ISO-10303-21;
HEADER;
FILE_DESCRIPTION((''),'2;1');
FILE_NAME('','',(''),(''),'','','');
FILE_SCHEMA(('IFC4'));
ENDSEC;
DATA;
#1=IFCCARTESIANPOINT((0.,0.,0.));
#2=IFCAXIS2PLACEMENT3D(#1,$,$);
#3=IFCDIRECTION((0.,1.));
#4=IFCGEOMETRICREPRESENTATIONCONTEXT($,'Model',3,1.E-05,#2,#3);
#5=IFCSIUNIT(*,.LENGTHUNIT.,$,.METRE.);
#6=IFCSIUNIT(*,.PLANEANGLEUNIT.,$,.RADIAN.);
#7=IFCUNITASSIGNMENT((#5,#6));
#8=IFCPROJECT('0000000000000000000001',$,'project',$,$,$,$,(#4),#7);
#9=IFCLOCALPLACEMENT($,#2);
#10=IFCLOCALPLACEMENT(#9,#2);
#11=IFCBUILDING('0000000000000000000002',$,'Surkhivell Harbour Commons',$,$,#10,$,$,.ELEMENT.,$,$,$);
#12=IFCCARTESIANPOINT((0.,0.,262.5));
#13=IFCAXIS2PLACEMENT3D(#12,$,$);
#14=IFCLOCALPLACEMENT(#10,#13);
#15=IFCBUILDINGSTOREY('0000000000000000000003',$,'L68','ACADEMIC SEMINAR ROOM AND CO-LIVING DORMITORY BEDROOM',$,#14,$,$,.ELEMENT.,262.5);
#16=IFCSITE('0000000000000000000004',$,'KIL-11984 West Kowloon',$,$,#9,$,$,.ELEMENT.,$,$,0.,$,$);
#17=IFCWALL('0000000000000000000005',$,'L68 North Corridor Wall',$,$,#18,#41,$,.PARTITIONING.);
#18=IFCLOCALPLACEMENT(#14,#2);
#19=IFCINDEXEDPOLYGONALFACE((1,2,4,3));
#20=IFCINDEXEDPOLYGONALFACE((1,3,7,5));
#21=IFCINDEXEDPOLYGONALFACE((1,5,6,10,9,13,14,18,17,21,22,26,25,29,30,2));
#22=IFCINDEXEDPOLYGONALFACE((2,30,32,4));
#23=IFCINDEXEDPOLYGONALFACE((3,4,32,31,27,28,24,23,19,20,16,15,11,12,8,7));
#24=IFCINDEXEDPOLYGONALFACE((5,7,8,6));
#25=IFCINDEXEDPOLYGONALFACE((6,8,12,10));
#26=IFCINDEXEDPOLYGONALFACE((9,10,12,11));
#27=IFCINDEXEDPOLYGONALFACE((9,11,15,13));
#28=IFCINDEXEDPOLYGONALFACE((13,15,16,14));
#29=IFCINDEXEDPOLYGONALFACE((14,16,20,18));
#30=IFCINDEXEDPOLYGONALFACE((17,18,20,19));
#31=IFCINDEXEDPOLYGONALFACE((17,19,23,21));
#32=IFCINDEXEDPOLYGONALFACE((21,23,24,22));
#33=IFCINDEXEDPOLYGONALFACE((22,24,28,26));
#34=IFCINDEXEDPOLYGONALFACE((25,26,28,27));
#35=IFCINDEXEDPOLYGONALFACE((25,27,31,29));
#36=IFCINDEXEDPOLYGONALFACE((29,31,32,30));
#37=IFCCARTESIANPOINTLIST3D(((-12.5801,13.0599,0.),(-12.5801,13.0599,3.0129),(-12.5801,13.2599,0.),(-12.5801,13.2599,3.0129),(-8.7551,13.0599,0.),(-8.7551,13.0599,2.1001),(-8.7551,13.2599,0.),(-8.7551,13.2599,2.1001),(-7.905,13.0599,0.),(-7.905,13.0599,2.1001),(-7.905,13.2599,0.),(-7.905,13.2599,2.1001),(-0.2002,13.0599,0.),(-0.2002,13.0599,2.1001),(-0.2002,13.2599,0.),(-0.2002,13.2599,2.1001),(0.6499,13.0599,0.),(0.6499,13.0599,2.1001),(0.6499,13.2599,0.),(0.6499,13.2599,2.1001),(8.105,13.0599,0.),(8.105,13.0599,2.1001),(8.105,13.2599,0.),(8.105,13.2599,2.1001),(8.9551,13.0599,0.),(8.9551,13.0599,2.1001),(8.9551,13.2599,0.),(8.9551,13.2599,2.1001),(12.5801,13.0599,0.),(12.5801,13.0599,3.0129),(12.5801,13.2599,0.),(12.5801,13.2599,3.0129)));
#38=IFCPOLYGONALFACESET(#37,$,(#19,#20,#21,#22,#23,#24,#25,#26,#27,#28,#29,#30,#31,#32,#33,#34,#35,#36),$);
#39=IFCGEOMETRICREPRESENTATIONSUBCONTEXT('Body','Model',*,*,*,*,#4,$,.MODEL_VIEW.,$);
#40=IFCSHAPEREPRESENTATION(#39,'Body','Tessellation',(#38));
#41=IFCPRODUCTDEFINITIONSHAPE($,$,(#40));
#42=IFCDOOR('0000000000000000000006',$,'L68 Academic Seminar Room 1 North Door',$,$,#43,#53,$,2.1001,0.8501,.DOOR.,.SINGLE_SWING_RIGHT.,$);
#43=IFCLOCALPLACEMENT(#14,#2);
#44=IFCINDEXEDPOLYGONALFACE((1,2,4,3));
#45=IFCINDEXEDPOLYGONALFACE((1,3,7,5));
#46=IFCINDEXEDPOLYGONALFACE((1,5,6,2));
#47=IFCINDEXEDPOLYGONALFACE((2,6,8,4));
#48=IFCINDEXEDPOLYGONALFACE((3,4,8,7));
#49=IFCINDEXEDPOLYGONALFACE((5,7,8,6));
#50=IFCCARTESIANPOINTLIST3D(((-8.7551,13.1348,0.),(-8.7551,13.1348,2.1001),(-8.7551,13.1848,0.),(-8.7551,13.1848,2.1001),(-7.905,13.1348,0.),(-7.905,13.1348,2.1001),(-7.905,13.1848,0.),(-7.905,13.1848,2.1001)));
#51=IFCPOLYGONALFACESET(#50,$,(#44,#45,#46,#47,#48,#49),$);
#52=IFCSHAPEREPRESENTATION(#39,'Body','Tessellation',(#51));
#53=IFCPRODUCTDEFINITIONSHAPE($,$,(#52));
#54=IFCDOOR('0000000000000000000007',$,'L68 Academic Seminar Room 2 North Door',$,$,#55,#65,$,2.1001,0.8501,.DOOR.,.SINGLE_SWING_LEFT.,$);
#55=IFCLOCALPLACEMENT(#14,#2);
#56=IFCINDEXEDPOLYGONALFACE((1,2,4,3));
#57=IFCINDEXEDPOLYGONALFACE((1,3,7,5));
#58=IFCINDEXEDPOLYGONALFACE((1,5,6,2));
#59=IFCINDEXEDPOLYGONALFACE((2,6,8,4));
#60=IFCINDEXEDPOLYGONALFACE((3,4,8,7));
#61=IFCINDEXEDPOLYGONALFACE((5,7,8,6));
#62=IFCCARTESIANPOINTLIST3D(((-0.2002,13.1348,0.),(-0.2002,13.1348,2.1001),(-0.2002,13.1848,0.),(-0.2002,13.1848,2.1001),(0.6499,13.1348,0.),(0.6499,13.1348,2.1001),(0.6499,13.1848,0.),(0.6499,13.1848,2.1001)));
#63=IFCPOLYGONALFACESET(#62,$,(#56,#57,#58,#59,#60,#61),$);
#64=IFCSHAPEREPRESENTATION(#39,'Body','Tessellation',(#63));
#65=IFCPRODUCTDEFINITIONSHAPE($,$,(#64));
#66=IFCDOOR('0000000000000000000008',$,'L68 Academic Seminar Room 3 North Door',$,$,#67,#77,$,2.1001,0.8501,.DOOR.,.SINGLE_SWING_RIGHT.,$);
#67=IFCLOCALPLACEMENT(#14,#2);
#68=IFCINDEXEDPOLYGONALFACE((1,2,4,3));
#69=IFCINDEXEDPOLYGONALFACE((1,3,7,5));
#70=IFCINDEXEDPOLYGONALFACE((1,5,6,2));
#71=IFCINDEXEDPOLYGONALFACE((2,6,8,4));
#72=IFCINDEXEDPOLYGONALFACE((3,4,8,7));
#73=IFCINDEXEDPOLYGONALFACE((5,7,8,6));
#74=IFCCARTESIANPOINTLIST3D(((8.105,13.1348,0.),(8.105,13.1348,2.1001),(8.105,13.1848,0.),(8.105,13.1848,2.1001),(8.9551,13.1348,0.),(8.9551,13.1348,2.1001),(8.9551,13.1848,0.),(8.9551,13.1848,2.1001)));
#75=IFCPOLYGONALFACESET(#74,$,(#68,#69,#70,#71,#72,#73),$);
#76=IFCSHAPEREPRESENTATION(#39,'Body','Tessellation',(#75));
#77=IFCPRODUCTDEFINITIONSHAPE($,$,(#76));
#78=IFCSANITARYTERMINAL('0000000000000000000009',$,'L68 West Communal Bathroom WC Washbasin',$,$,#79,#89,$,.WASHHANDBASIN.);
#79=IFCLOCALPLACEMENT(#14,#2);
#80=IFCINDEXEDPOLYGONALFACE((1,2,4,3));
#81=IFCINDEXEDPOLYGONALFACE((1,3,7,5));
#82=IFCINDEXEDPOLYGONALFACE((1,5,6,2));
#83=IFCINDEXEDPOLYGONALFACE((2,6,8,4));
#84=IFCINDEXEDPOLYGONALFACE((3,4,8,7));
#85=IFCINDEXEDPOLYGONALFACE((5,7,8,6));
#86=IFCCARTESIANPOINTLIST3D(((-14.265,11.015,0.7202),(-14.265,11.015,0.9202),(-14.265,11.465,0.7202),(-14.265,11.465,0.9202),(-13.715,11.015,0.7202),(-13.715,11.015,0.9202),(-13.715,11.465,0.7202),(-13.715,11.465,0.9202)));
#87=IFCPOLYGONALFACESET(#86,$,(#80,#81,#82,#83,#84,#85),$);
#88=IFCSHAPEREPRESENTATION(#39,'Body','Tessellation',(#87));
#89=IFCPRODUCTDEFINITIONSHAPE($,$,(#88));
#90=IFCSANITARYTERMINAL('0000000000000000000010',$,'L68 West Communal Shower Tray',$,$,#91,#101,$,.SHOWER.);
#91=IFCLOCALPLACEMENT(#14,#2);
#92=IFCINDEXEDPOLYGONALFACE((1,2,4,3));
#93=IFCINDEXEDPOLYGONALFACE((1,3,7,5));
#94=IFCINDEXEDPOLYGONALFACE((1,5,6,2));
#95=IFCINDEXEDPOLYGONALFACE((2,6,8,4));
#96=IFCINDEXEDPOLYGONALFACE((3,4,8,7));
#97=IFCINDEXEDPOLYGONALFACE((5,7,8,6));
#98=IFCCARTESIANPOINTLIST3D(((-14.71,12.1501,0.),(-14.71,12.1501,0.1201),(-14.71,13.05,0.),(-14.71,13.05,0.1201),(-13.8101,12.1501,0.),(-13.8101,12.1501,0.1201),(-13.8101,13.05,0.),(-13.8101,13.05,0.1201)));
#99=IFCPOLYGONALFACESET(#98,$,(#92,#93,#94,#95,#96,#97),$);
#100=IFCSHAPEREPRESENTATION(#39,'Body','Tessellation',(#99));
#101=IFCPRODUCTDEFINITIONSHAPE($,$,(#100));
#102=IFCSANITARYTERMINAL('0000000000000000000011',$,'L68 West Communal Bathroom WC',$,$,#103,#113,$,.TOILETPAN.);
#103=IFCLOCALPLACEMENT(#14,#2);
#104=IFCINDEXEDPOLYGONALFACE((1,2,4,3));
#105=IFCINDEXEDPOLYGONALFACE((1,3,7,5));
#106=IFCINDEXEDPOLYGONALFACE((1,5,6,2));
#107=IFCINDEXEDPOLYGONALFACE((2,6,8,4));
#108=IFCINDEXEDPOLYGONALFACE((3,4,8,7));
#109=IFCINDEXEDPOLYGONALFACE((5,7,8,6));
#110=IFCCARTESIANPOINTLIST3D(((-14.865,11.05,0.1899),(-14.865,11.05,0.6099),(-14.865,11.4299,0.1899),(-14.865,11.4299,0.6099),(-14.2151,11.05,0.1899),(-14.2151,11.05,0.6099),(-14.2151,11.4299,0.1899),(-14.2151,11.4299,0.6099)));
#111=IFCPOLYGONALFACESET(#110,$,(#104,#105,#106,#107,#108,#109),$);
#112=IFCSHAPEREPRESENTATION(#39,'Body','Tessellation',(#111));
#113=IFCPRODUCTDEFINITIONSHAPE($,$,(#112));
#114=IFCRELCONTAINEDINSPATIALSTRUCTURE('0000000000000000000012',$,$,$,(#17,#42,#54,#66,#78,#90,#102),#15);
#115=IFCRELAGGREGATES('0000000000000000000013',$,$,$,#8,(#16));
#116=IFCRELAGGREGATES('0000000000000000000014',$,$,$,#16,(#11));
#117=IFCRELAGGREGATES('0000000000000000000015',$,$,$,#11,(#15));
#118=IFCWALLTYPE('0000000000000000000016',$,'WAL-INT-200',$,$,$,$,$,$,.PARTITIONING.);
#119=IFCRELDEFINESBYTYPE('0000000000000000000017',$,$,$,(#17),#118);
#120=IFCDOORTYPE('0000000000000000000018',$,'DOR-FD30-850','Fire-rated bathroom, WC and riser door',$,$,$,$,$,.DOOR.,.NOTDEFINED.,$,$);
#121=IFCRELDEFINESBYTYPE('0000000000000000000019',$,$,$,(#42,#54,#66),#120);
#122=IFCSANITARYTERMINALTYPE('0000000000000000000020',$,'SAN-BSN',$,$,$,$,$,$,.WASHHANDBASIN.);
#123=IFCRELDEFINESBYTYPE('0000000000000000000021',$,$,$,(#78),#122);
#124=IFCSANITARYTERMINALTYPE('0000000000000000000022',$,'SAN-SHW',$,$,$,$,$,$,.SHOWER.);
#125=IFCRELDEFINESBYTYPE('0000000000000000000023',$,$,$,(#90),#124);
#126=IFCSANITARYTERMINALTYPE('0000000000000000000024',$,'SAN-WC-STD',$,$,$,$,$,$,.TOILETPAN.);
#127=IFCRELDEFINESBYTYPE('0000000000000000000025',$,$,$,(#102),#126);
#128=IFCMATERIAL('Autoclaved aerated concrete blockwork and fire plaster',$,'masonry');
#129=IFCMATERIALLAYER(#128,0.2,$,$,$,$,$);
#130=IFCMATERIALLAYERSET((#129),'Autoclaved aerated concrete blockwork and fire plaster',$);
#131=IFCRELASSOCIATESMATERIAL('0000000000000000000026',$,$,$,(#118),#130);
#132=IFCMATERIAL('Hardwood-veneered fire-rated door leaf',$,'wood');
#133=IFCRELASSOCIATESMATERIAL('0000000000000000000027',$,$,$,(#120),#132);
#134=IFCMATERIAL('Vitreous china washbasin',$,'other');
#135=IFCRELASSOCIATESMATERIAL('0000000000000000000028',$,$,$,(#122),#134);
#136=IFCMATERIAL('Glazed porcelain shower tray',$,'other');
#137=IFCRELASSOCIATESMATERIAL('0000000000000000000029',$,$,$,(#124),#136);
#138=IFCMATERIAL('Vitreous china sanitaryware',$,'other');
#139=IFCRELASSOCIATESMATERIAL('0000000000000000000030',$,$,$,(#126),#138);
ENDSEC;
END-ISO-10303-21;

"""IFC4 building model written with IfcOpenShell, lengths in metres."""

from ifc_helpers import new_model, si_unit, direction, frame, frame_2d, origin, origin_2d, place, context, subcontext, project, spatial, rectangle, extrude, material, layer, layer_set, type_object, element, fill, save


model = new_model("IFC4")

# Units and contexts
model_context = context("Model", 3, precision=1e-05, world=origin(), true_north=direction((0.0, 1.0)))
body_context = subcontext(model_context, "Body", "Model", "MODEL_VIEW")
ifc_project = project(units=[si_unit("LENGTHUNIT", "METRE"), si_unit("PLANEANGLEUNIT", "RADIAN")], contexts=[model_context])

# Site, building, storey
site_placement = place(None, origin())
site = spatial("IfcSite", under=ifc_project, at=site_placement, Name="KIL-11984 West Kowloon", CompositionType="ELEMENT", RefElevation=0.0)
building_placement = place(site_placement, origin())
building = spatial("IfcBuilding", under=site, at=building_placement, Name="Surkhivell Harbour Commons", CompositionType="ELEMENT")
storey_placement = place(building_placement, frame((0.0, 0.0, 262.5)))
storey = spatial("IfcBuildingStorey", under=building, at=storey_placement, Name="L68", Description="ACADEMIC SEMINAR ROOM AND CO-LIVING DORMITORY BEDROOM", CompositionType="ELEMENT", Elevation=262.5)

# Shared definitions
ifc_material_1 = material(Name="Autoclaved aerated concrete blockwork and fire plaster", Category="masonry")
ifc_layer_1 = layer(ifc_material_1, 0.2)
ifc_layer_set_1 = layer_set([ifc_layer_1], Name="Autoclaved aerated concrete blockwork and fire plaster")
wall_type_1 = type_object("IfcWallType", Name="WAL-INT-200", PredefinedType="PARTITIONING", material=ifc_layer_set_1)

# Wall, openings, doors
wall_1_placement = place(storey_placement, frame((-12.5801, 13.1599, 0.0), z_axis=(0.0, 0.0, 1.0), x_axis=(1.0, 0.0, 0.0)))
wall_1 = element("IfcWall", 1, at=wall_1_placement, inside=storey, type_object=wall_type_1, Name="L68 North Corridor Wall", PredefinedType="PARTITIONING", context=body_context, shape_type="SweptSolid", body=[
    extrude(rectangle(XDim=25.1602, YDim=0.2, at=frame_2d((12.5801, 0.0))), origin(), (0.0, 0.0, 1.0), 3.0129),
])
opening_1_placement = place(wall_1_placement, frame((3.825, 0.0, 0.0)))
opening_1 = element("IfcOpeningElement", 2, at=opening_1_placement, cuts=wall_1, PredefinedType="OPENING", context=body_context, shape_type="SweptSolid", body=[
    extrude(rectangle(XDim=0.8501, YDim=2.1001, at=frame_2d((0.425, 1.05))), frame((0.0, 0.1099, 0.0), z_axis=(0.0, -1.0, 0.0), x_axis=(1.0, 0.0, 0.0)), (0.0, 0.0, 1.0), 0.22),
])
opening_2_placement = place(wall_1_placement, frame((12.3799, 0.0, 0.0)))
opening_2 = element("IfcOpeningElement", 3, at=opening_2_placement, cuts=wall_1, PredefinedType="OPENING", context=body_context, shape_type="SweptSolid", body=[
    extrude(rectangle(XDim=0.8501, YDim=2.1001, at=frame_2d((0.425, 1.05))), frame((0.0, 0.1099, 0.0), z_axis=(0.0, -1.0, 0.0), x_axis=(1.0, 0.0, 0.0)), (0.0, 0.0, 1.0), 0.22),
])
opening_3_placement = place(wall_1_placement, frame((20.6851, 0.0, 0.0)))
opening_3 = element("IfcOpeningElement", 4, at=opening_3_placement, cuts=wall_1, PredefinedType="OPENING", context=body_context, shape_type="SweptSolid", body=[
    extrude(rectangle(XDim=0.8501, YDim=2.1001, at=frame_2d((0.425, 1.05))), frame((0.0, 0.1099, 0.0), z_axis=(0.0, -1.0, 0.0), x_axis=(1.0, 0.0, 0.0)), (0.0, 0.0, 1.0), 0.22),
])
ifc_material_2 = material(Name="Hardwood-veneered fire-rated door leaf", Category="wood")
door_type = type_object("IfcDoorType", Name="DOR-FD30-850", Description="Fire-rated bathroom, WC and riser door", OperationType="NOTDEFINED", PredefinedType="DOOR", material=ifc_material_2)
door_1_placement = place(opening_1_placement, origin())
door_1 = element("IfcDoor", 5, at=door_1_placement, inside=storey, type_object=door_type, Name="L68 Academic Seminar Room 1 North Door", OperationType="SINGLE_SWING_RIGHT", OverallHeight=2.1001, OverallWidth=0.8501, PredefinedType="DOOR", context=body_context, shape_type="SweptSolid", body=[
    extrude(rectangle(XDim=0.8501, YDim=2.1001, at=frame_2d((0.425, 1.05))), frame((0.0, 0.0249, 0.0), z_axis=(0.0, -1.0, 0.0), x_axis=(1.0, 0.0, 0.0)), (0.0, 0.0, 1.0), 0.05),
])
fill(opening_1, door_1)
door_2_placement = place(opening_2_placement, origin())
door_2 = element("IfcDoor", 6, at=door_2_placement, inside=storey, type_object=door_type, Name="L68 Academic Seminar Room 2 North Door", OperationType="SINGLE_SWING_LEFT", OverallHeight=2.1001, OverallWidth=0.8501, PredefinedType="DOOR", context=body_context, shape_type="SweptSolid", body=[
    extrude(rectangle(XDim=0.8501, YDim=2.1001, at=frame_2d((0.425, 1.05))), frame((0.0, 0.0249, 0.0), z_axis=(0.0, -1.0, 0.0), x_axis=(1.0, 0.0, 0.0)), (0.0, 0.0, 1.0), 0.05),
])
fill(opening_2, door_2)
door_3_placement = place(opening_3_placement, origin())
door_3 = element("IfcDoor", 7, at=door_3_placement, inside=storey, type_object=door_type, Name="L68 Academic Seminar Room 3 North Door", OperationType="SINGLE_SWING_RIGHT", OverallHeight=2.1001, OverallWidth=0.8501, PredefinedType="DOOR", context=body_context, shape_type="SweptSolid", body=[
    extrude(rectangle(XDim=0.8501, YDim=2.1001, at=frame_2d((0.425, 1.05))), frame((0.0, 0.0249, 0.0), z_axis=(0.0, -1.0, 0.0), x_axis=(1.0, 0.0, 0.0)), (0.0, 0.0, 1.0), 0.05),
])
fill(opening_3, door_3)

# Sanitary terminals
ifc_material_3 = material(Name="Vitreous china washbasin", Category="other")
sanitary_terminal_type_1 = type_object("IfcSanitaryTerminalType", Name="SAN-BSN", PredefinedType="WASHHANDBASIN", material=ifc_material_3)
sanitary_terminal_1_placement = place(storey_placement, frame((-13.99, 11.24, 0.7202), z_axis=(0.0, 0.0, 1.0), x_axis=(1.0, 0.0, 0.0)))
element("IfcSanitaryTerminal", 8, at=sanitary_terminal_1_placement, inside=storey, type_object=sanitary_terminal_type_1, Name="L68 West Communal Bathroom WC Washbasin", PredefinedType="WASHHANDBASIN", context=body_context, shape_type="SweptSolid", body=[
    extrude(rectangle(XDim=0.55, YDim=0.45, at=origin_2d()), origin(), (0.0, 0.0, 1.0), 0.2),
])
ifc_material_4 = material(Name="Glazed porcelain shower tray", Category="other")
sanitary_terminal_type_2 = type_object("IfcSanitaryTerminalType", Name="SAN-SHW", PredefinedType="SHOWER", material=ifc_material_4)
sanitary_terminal_2_placement = place(storey_placement, frame((-14.26, 12.6001, 0.0), z_axis=(0.0, 0.0, 1.0), x_axis=(1.0, 0.0, 0.0)))
element("IfcSanitaryTerminal", 9, at=sanitary_terminal_2_placement, inside=storey, type_object=sanitary_terminal_type_2, Name="L68 West Communal Shower Tray", PredefinedType="SHOWER", context=body_context, shape_type="SweptSolid", body=[
    extrude(rectangle(XDim=0.8999, YDim=0.8999, at=origin_2d()), origin(), (0.0, 0.0, 1.0), 0.1201),
])
ifc_material_5 = material(Name="Vitreous china sanitaryware", Category="other")
sanitary_terminal_type_3 = type_object("IfcSanitaryTerminalType", Name="SAN-WC-STD", PredefinedType="TOILETPAN", material=ifc_material_5)
sanitary_terminal_3_placement = place(storey_placement, frame((-14.54, 11.24, 0.1899), z_axis=(0.0, 0.0, 1.0), x_axis=(1.0, 0.0, 0.0)))
element("IfcSanitaryTerminal", 10, at=sanitary_terminal_3_placement, inside=storey, type_object=sanitary_terminal_type_3, Name="L68 West Communal Bathroom WC", PredefinedType="TOILETPAN", context=body_context, shape_type="SweptSolid", body=[
    extrude(rectangle(XDim=0.6499, YDim=0.3799, at=origin_2d()), origin(), (0.0, 0.0, 1.0), 0.4199),
])

save(model, "model.ifc")
